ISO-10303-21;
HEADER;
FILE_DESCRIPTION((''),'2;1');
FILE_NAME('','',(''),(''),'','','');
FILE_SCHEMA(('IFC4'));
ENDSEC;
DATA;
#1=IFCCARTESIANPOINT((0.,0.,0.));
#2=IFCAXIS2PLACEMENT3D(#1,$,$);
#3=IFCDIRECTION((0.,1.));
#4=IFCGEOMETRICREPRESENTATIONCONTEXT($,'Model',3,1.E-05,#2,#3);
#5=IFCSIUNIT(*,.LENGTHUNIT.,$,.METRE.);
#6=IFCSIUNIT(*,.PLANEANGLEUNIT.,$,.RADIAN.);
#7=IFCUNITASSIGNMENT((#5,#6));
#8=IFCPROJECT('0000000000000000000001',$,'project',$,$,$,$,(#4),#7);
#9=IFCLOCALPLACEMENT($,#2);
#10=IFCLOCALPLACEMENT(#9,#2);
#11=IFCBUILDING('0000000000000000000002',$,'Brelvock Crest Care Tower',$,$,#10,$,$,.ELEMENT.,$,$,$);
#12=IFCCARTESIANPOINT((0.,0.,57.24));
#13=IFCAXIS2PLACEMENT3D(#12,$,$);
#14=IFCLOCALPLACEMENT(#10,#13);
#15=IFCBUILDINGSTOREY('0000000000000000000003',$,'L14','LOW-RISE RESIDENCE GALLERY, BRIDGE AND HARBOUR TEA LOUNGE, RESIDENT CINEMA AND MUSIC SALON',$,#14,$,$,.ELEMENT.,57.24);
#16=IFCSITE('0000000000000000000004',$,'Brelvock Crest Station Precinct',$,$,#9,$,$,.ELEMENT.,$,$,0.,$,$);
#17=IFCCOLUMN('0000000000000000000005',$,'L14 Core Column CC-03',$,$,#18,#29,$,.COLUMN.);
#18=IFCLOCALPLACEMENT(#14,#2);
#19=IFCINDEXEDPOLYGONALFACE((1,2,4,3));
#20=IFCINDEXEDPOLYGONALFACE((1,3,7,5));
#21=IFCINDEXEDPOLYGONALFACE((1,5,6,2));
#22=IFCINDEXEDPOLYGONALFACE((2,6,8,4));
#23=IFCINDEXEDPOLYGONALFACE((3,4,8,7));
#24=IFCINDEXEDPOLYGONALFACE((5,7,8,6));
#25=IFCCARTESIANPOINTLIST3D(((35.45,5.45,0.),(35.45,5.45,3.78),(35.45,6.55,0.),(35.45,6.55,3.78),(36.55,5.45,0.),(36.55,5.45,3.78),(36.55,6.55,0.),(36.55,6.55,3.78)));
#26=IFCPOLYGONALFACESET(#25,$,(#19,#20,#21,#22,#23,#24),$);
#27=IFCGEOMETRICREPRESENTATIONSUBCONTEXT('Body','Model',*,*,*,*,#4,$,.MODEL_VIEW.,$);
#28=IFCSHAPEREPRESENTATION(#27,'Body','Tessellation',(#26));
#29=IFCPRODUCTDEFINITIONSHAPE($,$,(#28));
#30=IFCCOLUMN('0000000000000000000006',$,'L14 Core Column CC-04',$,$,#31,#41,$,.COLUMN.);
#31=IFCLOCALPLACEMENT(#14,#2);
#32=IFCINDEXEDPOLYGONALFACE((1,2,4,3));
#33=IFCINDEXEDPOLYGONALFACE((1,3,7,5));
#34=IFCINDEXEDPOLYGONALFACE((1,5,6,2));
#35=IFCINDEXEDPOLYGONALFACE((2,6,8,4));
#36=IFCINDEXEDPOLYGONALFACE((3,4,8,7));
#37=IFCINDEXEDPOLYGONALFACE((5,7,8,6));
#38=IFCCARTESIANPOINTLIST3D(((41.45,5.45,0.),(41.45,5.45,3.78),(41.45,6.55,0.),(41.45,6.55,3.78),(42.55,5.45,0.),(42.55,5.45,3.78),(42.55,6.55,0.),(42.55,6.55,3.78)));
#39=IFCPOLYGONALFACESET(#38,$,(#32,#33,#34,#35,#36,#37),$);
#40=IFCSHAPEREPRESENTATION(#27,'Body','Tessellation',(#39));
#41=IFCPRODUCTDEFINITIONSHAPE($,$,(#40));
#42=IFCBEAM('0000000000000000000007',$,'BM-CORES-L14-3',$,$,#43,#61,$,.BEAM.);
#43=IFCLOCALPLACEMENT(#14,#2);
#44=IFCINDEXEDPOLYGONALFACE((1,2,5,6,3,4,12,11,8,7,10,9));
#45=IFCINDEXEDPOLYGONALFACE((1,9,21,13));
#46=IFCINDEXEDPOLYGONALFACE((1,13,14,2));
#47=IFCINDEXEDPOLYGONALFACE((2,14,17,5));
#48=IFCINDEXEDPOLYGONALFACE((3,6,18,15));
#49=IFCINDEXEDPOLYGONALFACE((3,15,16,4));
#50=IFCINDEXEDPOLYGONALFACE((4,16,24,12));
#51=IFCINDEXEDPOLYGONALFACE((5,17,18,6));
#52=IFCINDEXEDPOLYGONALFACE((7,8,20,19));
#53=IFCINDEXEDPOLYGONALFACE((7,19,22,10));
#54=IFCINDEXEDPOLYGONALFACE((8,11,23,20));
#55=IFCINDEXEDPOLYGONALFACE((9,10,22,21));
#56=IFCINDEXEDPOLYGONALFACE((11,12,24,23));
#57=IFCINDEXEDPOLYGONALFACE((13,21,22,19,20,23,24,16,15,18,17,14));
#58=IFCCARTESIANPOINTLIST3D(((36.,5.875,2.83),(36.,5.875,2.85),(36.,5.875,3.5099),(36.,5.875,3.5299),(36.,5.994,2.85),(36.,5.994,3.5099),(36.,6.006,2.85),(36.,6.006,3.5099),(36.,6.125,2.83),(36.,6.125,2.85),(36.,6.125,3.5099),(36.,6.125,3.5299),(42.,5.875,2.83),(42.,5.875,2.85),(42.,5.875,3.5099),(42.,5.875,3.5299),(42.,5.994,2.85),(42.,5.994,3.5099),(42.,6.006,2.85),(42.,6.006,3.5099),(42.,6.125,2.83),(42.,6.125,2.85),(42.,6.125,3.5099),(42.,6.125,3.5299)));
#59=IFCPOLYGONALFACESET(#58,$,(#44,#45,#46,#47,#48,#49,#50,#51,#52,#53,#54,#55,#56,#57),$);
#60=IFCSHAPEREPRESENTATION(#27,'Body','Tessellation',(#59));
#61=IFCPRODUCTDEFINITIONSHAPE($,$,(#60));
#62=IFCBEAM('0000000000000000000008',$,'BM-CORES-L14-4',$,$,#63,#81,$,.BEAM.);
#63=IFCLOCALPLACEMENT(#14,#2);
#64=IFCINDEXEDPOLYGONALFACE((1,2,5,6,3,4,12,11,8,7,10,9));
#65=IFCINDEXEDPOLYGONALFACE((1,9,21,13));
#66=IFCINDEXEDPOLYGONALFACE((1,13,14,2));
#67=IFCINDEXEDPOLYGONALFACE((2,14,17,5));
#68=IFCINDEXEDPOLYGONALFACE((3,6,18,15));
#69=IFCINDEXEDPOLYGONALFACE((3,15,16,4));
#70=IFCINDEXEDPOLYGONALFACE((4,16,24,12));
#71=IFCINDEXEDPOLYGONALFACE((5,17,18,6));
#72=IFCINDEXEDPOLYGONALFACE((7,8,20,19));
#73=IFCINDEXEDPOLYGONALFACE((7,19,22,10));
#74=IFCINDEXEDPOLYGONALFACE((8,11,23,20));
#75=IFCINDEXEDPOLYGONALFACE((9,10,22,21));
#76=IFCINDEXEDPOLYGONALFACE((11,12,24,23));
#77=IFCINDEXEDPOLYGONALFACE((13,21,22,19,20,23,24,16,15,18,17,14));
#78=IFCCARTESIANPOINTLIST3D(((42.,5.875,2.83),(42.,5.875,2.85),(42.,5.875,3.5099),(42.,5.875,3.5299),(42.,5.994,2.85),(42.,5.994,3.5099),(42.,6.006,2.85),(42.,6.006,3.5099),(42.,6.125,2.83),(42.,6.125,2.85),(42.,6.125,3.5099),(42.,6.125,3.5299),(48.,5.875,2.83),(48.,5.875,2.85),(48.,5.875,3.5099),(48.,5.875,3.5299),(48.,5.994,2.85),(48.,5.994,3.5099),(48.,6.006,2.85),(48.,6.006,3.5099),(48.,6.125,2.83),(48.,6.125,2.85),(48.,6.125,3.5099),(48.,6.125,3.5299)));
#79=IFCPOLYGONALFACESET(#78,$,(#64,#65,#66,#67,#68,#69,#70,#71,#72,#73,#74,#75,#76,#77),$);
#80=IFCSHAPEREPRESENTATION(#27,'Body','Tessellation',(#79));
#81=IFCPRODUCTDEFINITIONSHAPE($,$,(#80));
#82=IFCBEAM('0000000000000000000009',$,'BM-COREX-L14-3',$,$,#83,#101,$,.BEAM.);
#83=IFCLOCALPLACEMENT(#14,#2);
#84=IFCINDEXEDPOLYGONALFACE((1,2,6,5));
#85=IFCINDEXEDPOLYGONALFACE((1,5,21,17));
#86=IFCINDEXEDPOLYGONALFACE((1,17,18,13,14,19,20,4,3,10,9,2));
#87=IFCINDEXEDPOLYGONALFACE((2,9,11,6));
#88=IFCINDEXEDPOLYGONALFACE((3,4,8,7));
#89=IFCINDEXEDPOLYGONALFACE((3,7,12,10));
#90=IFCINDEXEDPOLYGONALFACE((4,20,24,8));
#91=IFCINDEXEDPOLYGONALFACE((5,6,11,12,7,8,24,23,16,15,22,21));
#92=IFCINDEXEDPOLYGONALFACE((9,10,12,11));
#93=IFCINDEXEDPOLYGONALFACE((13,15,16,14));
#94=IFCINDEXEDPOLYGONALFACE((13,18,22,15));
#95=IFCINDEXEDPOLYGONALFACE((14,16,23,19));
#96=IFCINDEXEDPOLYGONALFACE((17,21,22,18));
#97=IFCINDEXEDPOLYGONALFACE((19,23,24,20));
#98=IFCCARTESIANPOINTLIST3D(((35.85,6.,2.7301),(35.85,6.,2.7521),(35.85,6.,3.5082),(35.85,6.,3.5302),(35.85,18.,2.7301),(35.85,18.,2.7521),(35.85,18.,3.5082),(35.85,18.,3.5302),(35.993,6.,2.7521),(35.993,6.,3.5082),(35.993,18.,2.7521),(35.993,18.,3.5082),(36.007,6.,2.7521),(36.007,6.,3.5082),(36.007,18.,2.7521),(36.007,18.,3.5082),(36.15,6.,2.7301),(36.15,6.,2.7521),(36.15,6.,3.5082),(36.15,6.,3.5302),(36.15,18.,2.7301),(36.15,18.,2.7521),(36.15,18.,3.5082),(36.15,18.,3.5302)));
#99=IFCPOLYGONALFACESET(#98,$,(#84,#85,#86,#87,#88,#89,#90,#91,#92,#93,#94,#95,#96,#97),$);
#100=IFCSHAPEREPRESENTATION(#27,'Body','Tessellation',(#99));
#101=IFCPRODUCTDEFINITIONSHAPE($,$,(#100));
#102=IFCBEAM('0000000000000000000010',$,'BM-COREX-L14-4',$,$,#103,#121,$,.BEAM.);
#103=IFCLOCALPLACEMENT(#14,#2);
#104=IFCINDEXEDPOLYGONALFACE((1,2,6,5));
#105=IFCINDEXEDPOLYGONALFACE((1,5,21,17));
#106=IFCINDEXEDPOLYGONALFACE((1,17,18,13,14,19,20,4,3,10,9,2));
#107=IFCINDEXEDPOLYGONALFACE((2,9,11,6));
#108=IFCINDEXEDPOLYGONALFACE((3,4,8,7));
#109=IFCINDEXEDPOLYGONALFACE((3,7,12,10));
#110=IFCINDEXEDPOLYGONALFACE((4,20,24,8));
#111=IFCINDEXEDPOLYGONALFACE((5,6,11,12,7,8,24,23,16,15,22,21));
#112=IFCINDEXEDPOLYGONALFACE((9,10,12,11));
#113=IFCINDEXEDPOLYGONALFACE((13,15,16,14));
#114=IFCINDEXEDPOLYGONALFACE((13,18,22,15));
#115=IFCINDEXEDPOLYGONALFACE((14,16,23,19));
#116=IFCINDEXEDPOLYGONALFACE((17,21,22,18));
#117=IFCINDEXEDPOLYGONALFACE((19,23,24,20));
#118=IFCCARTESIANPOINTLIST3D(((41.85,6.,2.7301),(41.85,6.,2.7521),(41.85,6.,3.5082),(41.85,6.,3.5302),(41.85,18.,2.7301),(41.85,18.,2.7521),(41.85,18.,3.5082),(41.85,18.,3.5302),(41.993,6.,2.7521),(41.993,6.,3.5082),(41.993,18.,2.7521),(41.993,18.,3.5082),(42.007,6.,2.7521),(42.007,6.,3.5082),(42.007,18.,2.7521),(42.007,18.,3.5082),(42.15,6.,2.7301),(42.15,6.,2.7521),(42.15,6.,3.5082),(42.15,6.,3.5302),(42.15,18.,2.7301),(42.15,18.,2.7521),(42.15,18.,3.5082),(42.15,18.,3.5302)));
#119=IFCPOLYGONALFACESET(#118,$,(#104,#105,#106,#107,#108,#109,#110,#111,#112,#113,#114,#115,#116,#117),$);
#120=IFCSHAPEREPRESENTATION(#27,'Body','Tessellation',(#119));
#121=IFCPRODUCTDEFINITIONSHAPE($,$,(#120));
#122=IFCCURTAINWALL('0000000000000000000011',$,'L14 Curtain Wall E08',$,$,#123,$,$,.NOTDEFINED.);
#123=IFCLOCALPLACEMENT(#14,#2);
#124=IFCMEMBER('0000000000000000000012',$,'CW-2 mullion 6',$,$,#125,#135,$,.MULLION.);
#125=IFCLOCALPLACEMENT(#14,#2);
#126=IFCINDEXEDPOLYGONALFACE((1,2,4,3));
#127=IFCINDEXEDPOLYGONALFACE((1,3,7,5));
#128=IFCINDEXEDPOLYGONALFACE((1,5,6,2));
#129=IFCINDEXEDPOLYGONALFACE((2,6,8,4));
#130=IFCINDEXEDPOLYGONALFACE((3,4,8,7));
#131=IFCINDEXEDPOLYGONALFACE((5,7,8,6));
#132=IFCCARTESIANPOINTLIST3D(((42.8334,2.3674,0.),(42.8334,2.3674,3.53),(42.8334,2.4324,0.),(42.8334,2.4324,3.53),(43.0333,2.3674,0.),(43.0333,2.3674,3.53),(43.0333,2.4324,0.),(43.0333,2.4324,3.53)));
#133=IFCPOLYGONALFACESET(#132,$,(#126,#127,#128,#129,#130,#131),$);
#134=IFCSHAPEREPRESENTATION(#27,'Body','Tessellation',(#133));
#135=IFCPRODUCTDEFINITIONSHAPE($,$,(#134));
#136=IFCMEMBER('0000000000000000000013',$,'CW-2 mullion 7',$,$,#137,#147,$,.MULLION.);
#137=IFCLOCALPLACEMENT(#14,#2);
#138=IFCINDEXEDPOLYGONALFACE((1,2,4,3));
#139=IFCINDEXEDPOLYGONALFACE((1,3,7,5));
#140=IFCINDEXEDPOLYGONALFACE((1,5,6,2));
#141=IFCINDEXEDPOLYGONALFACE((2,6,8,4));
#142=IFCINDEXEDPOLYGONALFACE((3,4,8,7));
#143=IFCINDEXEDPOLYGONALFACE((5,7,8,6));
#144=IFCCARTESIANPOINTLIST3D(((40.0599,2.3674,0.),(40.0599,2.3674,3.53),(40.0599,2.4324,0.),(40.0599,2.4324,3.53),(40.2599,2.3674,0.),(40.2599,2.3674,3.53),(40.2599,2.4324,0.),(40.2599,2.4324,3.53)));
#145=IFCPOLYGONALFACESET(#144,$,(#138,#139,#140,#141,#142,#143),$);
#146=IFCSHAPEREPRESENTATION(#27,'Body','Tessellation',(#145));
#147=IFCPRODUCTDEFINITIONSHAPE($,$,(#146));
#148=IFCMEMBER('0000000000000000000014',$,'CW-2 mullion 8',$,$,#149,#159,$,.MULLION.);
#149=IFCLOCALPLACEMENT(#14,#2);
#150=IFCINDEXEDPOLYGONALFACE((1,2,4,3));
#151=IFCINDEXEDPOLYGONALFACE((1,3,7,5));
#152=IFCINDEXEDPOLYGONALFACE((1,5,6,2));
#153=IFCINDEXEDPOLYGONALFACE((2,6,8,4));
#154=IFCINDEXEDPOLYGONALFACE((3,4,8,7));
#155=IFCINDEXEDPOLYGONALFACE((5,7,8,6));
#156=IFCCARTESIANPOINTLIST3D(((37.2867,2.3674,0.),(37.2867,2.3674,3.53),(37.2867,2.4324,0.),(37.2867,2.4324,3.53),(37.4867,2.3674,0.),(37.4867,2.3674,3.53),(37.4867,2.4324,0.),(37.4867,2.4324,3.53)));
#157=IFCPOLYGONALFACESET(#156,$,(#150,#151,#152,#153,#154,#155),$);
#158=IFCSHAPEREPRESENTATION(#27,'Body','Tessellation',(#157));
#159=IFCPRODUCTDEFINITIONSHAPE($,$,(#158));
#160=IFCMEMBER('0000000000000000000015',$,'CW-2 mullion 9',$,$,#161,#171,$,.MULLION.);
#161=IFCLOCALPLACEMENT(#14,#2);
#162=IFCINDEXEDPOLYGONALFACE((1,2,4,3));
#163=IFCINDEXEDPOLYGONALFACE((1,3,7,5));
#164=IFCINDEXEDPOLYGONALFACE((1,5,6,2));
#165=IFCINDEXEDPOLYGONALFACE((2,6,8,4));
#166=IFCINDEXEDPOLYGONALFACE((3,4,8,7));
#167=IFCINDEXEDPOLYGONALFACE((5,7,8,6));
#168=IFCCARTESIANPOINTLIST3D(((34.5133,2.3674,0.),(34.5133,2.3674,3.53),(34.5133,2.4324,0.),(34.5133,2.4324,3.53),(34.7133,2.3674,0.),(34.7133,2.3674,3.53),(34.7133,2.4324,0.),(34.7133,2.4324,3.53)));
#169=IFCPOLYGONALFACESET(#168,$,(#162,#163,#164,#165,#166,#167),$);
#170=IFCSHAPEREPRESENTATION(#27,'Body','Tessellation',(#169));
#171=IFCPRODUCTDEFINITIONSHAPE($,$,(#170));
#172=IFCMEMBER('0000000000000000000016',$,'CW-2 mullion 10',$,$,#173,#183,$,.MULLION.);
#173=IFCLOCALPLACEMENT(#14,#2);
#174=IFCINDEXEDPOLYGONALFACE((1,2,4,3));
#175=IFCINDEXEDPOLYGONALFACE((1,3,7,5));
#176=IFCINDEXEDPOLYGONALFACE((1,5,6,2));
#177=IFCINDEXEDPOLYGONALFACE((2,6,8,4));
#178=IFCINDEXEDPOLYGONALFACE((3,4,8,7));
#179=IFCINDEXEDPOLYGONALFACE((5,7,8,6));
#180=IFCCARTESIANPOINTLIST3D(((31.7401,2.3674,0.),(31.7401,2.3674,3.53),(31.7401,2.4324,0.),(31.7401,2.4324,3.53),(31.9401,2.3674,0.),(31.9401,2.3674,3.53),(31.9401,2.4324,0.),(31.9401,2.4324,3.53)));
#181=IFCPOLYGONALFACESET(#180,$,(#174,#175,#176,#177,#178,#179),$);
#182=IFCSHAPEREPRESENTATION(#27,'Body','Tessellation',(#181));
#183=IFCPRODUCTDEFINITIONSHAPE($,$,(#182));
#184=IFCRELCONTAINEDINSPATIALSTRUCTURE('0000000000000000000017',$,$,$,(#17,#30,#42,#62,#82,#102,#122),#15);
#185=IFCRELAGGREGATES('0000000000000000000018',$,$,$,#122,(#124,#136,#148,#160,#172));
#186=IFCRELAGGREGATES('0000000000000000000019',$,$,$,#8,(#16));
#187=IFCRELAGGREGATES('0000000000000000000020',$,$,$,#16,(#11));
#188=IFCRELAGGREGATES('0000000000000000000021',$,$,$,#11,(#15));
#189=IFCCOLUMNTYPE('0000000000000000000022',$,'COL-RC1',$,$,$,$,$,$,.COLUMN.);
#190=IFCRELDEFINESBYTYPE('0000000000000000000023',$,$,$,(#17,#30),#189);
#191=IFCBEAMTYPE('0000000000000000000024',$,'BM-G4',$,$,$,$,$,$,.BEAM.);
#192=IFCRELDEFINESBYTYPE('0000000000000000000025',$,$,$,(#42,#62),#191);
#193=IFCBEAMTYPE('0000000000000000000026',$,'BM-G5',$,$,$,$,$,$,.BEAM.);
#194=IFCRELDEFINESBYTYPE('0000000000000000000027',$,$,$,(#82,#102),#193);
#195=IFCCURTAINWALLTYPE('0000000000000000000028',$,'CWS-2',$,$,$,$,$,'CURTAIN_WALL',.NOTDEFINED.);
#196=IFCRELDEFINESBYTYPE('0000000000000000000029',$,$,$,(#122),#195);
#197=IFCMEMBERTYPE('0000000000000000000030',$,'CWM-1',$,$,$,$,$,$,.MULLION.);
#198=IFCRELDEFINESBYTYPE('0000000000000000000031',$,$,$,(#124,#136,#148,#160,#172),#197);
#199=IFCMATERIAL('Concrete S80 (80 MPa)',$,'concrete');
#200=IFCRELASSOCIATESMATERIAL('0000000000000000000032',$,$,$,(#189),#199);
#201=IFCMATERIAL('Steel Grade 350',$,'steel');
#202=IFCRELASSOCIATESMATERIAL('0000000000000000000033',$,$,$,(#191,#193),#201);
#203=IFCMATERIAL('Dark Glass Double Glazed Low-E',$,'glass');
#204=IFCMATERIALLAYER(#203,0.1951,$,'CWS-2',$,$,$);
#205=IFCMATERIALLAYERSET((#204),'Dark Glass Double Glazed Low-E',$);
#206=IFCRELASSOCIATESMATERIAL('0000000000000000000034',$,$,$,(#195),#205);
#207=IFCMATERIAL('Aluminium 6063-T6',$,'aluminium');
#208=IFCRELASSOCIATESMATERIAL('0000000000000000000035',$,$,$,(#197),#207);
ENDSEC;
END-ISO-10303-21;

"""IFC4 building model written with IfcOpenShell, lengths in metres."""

from ifc_helpers import new_model, si_unit, direction, frame, origin, origin_2d, place, context, subcontext, project, spatial, rectangle, i_section, extrude, source, transform, mapped, material, layer, layer_set, material_profile, profile_set, type_object, element, aggregate, save


model = new_model("IFC4")

# Units and contexts
model_context = context("Model", 3, precision=1e-05, world=origin(), true_north=direction((0.0, 1.0)))
body_context = subcontext(model_context, "Body", "Model", "MODEL_VIEW")
ifc_project = project(units=[si_unit("LENGTHUNIT", "METRE"), si_unit("PLANEANGLEUNIT", "RADIAN")], contexts=[model_context])

# Site, building, storey
site_placement = place(None, origin())
site = spatial("IfcSite", under=ifc_project, at=site_placement, Name="Brelvock Crest Station Precinct", CompositionType="ELEMENT", RefElevation=0.0)
building_placement = place(site_placement, origin())
building = spatial("IfcBuilding", under=site, at=building_placement, Name="Brelvock Crest Care Tower", CompositionType="ELEMENT")
storey_placement = place(building_placement, frame((0.0, 0.0, 57.24)))
storey = spatial("IfcBuildingStorey", under=building, at=storey_placement, Name="L14", Description="LOW-RISE RESIDENCE GALLERY, BRIDGE AND HARBOUR TEA LOUNGE, RESIDENT CINEMA AND MUSIC SALON", CompositionType="ELEMENT", Elevation=57.24)

# Columns
ifc_material_1 = material(Name="Concrete S80 (80 MPa)", Category="concrete")
ifc_material_profile_1 = material_profile(ifc_material_1, rectangle(XDim=1.1001, YDim=1.1001, at=origin_2d()), Name="RC1100x1100")
ifc_profile_set_1 = profile_set([ifc_material_profile_1], Name="Concrete S80 (80 MPa)")
column_type = type_object("IfcColumnType", Name="COL-RC1", PredefinedType="COLUMN", material=ifc_profile_set_1)
shared_shape_1 = source(origin(), body_context, "Body", "SweptSolid", [
    extrude(rectangle(XDim=1.1001, YDim=1.1001, at=origin_2d()), origin(), (0.0, 0.0, 1.0), 3.78),
])
for number, where, z_axis, x_axis, name in (
    (1, (36.0, 6.0, 0.0), (0.0, 0.0, 1.0), (1.0, 0.0, 0.0), "L14 Core Column CC-03"),
    (2, (42.0, 6.0, 0.0), (0.0, 0.0, 1.0), (1.0, 0.0, 0.0), "L14 Core Column CC-04"),
):
    element("IfcColumn", number, at=place(storey_placement, frame(where, z_axis=z_axis, x_axis=x_axis)), inside=storey, type_object=column_type, Name=name, PredefinedType="COLUMN", context=body_context, shape_type="MappedRepresentation", body=[
        mapped(shared_shape_1, transform((0.0, 0.0, 0.0), x_axis=(1.0, 0.0, 0.0), y_axis=(0.0, 1.0, 0.0), z_axis=(0.0, 0.0, 1.0), scale=1.0)),
    ])

# Beams
ifc_material_2 = material(Name="Steel Grade 350", Category="steel")
ifc_material_profile_2 = material_profile(ifc_material_2, i_section(OverallWidth=0.25, OverallDepth=0.7, WebThickness=0.012, FlangeThickness=0.02, at=origin_2d()), Name="700WB150")
ifc_profile_set_2 = profile_set([ifc_material_profile_2], Name="Steel Grade 350")
beam_type_1 = type_object("IfcBeamType", Name="BM-G4", PredefinedType="BEAM", material=ifc_profile_set_2)
shared_shape_2 = source(origin(), body_context, "Body", "SweptSolid", [
    extrude(i_section(OverallWidth=0.25, OverallDepth=0.7, WebThickness=0.012, FlangeThickness=0.02, at=origin_2d()), origin(), (0.0, 0.0, 1.0), 6.0),
])
for number, where, z_axis, x_axis, name in (
    (3, (36.0, 6.0, 3.1799), (1.0, 0.0, 0.0), (0.0, 1.0, 0.0), "BM-CORES-L14-3"),
    (4, (42.0, 6.0, 3.1799), (1.0, 0.0, 0.0), (0.0, 1.0, 0.0), "BM-CORES-L14-4"),
):
    element("IfcBeam", number, at=place(storey_placement, frame(where, z_axis=z_axis, x_axis=x_axis)), inside=storey, type_object=beam_type_1, Name=name, PredefinedType="BEAM", context=body_context, shape_type="MappedRepresentation", body=[
        mapped(shared_shape_2, transform((0.0, 0.0, 0.0), x_axis=(1.0, 0.0, 0.0), y_axis=(0.0, 1.0, 0.0), z_axis=(0.0, 0.0, 1.0), scale=1.0)),
    ])
ifc_material_profile_3 = material_profile(ifc_material_2, i_section(OverallWidth=0.3, OverallDepth=0.8, WebThickness=0.0139, FlangeThickness=0.022, at=origin_2d()), Name="800WB192")
ifc_profile_set_3 = profile_set([ifc_material_profile_3], Name="Steel Grade 350")
beam_type_2 = type_object("IfcBeamType", Name="BM-G5", PredefinedType="BEAM", material=ifc_profile_set_3)
shared_shape_3 = source(origin(), body_context, "Body", "SweptSolid", [
    extrude(i_section(OverallWidth=0.3, OverallDepth=0.8, WebThickness=0.0139, FlangeThickness=0.022, at=origin_2d()), origin(), (0.0, 0.0, 1.0), 12.0),
])
for number, where, z_axis, x_axis, name in (
    (5, (36.0, 6.0, 3.1301), (0.0, 1.0, 0.0), (-1.0, 0.0, 0.0), "BM-COREX-L14-3"),
    (6, (42.0, 6.0, 3.1301), (0.0, 1.0, 0.0), (-1.0, 0.0, 0.0), "BM-COREX-L14-4"),
):
    element("IfcBeam", number, at=place(storey_placement, frame(where, z_axis=z_axis, x_axis=x_axis)), inside=storey, type_object=beam_type_2, Name=name, PredefinedType="BEAM", context=body_context, shape_type="MappedRepresentation", body=[
        mapped(shared_shape_3, transform((0.0, 0.0, 0.0), x_axis=(1.0, 0.0, 0.0), y_axis=(0.0, 1.0, 0.0), z_axis=(0.0, 0.0, 1.0), scale=1.0)),
    ])

# Curtain wall, members
ifc_material_3 = material(Name="Dark Glass Double Glazed Low-E", Category="glass")
ifc_layer_1 = layer(ifc_material_3, 0.1951, Name="CWS-2")
ifc_layer_set_1 = layer_set([ifc_layer_1], Name="Dark Glass Double Glazed Low-E")
curtain_wall_type = type_object("IfcCurtainWallType", Name="CWS-2", ElementType="CURTAIN_WALL", PredefinedType="NOTDEFINED", material=ifc_layer_set_1)
curtain_wall_placement = place(storey_placement, origin())
curtain_wall = element("IfcCurtainWall", 7, at=curtain_wall_placement, inside=storey, type_object=curtain_wall_type, Name="L14 Curtain Wall E08", PredefinedType="NOTDEFINED")
ifc_material_4 = material(Name="Aluminium 6063-T6", Category="aluminium")
ifc_material_profile_4 = material_profile(ifc_material_4, rectangle(XDim=0.0649, YDim=0.2, at=origin_2d()), Name="ALU65x200")
ifc_profile_set_4 = profile_set([ifc_material_profile_4], Name="Aluminium 6063-T6")
member_type_1 = type_object("IfcMemberType", Name="CWM-1", PredefinedType="MULLION", material=ifc_profile_set_4)
shared_shape_4 = source(origin(), body_context, "Body", "SweptSolid", [
    extrude(rectangle(XDim=0.0649, YDim=0.2, at=origin_2d()), origin(), (0.0, 0.0, 1.0), 3.53),
])
member_1_placement = place(storey_placement, frame((42.9333, 2.3999, 0.0), z_axis=(0.0, 0.0, 1.0), x_axis=(0.0, -1.0, 0.0)))
member_1 = element("IfcMember", 8, at=member_1_placement, type_object=member_type_1, Name="CW-2 mullion 6", PredefinedType="MULLION", context=body_context, shape_type="MappedRepresentation", body=[
    mapped(shared_shape_4, transform((0.0, 0.0, 0.0), x_axis=(1.0, 0.0, 0.0), y_axis=(0.0, 1.0, 0.0), z_axis=(0.0, 0.0, 1.0), scale=1.0)),
])
member_2_placement = place(storey_placement, frame((40.1599, 2.3999, 0.0), z_axis=(0.0, 0.0, 1.0), x_axis=(0.0, -1.0, 0.0)))
member_2 = element("IfcMember", 9, at=member_2_placement, type_object=member_type_1, Name="CW-2 mullion 7", PredefinedType="MULLION", context=body_context, shape_type="MappedRepresentation", body=[
    mapped(shared_shape_4, transform((0.0, 0.0, 0.0), x_axis=(1.0, 0.0, 0.0), y_axis=(0.0, 1.0, 0.0), z_axis=(0.0, 0.0, 1.0), scale=1.0)),
])
member_3_placement = place(storey_placement, frame((37.3867, 2.3999, 0.0), z_axis=(0.0, 0.0, 1.0), x_axis=(0.0, -1.0, 0.0)))
member_3 = element("IfcMember", 10, at=member_3_placement, type_object=member_type_1, Name="CW-2 mullion 8", PredefinedType="MULLION", context=body_context, shape_type="MappedRepresentation", body=[
    mapped(shared_shape_4, transform((0.0, 0.0, 0.0), x_axis=(1.0, 0.0, 0.0), y_axis=(0.0, 1.0, 0.0), z_axis=(0.0, 0.0, 1.0), scale=1.0)),
])
member_4_placement = place(storey_placement, frame((34.6133, 2.3999, 0.0), z_axis=(0.0, 0.0, 1.0), x_axis=(0.0, -1.0, 0.0)))
member_4 = element("IfcMember", 11, at=member_4_placement, type_object=member_type_1, Name="CW-2 mullion 9", PredefinedType="MULLION", context=body_context, shape_type="MappedRepresentation", body=[
    mapped(shared_shape_4, transform((0.0, 0.0, 0.0), x_axis=(1.0, 0.0, 0.0), y_axis=(0.0, 1.0, 0.0), z_axis=(0.0, 0.0, 1.0), scale=1.0)),
])
member_5_placement = place(storey_placement, frame((31.8401, 2.3999, 0.0), z_axis=(0.0, 0.0, 1.0), x_axis=(0.0, -1.0, 0.0)))
member_5 = element("IfcMember", 12, at=member_5_placement, type_object=member_type_1, Name="CW-2 mullion 10", PredefinedType="MULLION", context=body_context, shape_type="MappedRepresentation", body=[
    mapped(shared_shape_4, transform((0.0, 0.0, 0.0), x_axis=(1.0, 0.0, 0.0), y_axis=(0.0, 1.0, 0.0), z_axis=(0.0, 0.0, 1.0), scale=1.0)),
])
aggregate(curtain_wall, [member_1, member_2, member_3, member_4, member_5])

save(model, "model.ifc")
